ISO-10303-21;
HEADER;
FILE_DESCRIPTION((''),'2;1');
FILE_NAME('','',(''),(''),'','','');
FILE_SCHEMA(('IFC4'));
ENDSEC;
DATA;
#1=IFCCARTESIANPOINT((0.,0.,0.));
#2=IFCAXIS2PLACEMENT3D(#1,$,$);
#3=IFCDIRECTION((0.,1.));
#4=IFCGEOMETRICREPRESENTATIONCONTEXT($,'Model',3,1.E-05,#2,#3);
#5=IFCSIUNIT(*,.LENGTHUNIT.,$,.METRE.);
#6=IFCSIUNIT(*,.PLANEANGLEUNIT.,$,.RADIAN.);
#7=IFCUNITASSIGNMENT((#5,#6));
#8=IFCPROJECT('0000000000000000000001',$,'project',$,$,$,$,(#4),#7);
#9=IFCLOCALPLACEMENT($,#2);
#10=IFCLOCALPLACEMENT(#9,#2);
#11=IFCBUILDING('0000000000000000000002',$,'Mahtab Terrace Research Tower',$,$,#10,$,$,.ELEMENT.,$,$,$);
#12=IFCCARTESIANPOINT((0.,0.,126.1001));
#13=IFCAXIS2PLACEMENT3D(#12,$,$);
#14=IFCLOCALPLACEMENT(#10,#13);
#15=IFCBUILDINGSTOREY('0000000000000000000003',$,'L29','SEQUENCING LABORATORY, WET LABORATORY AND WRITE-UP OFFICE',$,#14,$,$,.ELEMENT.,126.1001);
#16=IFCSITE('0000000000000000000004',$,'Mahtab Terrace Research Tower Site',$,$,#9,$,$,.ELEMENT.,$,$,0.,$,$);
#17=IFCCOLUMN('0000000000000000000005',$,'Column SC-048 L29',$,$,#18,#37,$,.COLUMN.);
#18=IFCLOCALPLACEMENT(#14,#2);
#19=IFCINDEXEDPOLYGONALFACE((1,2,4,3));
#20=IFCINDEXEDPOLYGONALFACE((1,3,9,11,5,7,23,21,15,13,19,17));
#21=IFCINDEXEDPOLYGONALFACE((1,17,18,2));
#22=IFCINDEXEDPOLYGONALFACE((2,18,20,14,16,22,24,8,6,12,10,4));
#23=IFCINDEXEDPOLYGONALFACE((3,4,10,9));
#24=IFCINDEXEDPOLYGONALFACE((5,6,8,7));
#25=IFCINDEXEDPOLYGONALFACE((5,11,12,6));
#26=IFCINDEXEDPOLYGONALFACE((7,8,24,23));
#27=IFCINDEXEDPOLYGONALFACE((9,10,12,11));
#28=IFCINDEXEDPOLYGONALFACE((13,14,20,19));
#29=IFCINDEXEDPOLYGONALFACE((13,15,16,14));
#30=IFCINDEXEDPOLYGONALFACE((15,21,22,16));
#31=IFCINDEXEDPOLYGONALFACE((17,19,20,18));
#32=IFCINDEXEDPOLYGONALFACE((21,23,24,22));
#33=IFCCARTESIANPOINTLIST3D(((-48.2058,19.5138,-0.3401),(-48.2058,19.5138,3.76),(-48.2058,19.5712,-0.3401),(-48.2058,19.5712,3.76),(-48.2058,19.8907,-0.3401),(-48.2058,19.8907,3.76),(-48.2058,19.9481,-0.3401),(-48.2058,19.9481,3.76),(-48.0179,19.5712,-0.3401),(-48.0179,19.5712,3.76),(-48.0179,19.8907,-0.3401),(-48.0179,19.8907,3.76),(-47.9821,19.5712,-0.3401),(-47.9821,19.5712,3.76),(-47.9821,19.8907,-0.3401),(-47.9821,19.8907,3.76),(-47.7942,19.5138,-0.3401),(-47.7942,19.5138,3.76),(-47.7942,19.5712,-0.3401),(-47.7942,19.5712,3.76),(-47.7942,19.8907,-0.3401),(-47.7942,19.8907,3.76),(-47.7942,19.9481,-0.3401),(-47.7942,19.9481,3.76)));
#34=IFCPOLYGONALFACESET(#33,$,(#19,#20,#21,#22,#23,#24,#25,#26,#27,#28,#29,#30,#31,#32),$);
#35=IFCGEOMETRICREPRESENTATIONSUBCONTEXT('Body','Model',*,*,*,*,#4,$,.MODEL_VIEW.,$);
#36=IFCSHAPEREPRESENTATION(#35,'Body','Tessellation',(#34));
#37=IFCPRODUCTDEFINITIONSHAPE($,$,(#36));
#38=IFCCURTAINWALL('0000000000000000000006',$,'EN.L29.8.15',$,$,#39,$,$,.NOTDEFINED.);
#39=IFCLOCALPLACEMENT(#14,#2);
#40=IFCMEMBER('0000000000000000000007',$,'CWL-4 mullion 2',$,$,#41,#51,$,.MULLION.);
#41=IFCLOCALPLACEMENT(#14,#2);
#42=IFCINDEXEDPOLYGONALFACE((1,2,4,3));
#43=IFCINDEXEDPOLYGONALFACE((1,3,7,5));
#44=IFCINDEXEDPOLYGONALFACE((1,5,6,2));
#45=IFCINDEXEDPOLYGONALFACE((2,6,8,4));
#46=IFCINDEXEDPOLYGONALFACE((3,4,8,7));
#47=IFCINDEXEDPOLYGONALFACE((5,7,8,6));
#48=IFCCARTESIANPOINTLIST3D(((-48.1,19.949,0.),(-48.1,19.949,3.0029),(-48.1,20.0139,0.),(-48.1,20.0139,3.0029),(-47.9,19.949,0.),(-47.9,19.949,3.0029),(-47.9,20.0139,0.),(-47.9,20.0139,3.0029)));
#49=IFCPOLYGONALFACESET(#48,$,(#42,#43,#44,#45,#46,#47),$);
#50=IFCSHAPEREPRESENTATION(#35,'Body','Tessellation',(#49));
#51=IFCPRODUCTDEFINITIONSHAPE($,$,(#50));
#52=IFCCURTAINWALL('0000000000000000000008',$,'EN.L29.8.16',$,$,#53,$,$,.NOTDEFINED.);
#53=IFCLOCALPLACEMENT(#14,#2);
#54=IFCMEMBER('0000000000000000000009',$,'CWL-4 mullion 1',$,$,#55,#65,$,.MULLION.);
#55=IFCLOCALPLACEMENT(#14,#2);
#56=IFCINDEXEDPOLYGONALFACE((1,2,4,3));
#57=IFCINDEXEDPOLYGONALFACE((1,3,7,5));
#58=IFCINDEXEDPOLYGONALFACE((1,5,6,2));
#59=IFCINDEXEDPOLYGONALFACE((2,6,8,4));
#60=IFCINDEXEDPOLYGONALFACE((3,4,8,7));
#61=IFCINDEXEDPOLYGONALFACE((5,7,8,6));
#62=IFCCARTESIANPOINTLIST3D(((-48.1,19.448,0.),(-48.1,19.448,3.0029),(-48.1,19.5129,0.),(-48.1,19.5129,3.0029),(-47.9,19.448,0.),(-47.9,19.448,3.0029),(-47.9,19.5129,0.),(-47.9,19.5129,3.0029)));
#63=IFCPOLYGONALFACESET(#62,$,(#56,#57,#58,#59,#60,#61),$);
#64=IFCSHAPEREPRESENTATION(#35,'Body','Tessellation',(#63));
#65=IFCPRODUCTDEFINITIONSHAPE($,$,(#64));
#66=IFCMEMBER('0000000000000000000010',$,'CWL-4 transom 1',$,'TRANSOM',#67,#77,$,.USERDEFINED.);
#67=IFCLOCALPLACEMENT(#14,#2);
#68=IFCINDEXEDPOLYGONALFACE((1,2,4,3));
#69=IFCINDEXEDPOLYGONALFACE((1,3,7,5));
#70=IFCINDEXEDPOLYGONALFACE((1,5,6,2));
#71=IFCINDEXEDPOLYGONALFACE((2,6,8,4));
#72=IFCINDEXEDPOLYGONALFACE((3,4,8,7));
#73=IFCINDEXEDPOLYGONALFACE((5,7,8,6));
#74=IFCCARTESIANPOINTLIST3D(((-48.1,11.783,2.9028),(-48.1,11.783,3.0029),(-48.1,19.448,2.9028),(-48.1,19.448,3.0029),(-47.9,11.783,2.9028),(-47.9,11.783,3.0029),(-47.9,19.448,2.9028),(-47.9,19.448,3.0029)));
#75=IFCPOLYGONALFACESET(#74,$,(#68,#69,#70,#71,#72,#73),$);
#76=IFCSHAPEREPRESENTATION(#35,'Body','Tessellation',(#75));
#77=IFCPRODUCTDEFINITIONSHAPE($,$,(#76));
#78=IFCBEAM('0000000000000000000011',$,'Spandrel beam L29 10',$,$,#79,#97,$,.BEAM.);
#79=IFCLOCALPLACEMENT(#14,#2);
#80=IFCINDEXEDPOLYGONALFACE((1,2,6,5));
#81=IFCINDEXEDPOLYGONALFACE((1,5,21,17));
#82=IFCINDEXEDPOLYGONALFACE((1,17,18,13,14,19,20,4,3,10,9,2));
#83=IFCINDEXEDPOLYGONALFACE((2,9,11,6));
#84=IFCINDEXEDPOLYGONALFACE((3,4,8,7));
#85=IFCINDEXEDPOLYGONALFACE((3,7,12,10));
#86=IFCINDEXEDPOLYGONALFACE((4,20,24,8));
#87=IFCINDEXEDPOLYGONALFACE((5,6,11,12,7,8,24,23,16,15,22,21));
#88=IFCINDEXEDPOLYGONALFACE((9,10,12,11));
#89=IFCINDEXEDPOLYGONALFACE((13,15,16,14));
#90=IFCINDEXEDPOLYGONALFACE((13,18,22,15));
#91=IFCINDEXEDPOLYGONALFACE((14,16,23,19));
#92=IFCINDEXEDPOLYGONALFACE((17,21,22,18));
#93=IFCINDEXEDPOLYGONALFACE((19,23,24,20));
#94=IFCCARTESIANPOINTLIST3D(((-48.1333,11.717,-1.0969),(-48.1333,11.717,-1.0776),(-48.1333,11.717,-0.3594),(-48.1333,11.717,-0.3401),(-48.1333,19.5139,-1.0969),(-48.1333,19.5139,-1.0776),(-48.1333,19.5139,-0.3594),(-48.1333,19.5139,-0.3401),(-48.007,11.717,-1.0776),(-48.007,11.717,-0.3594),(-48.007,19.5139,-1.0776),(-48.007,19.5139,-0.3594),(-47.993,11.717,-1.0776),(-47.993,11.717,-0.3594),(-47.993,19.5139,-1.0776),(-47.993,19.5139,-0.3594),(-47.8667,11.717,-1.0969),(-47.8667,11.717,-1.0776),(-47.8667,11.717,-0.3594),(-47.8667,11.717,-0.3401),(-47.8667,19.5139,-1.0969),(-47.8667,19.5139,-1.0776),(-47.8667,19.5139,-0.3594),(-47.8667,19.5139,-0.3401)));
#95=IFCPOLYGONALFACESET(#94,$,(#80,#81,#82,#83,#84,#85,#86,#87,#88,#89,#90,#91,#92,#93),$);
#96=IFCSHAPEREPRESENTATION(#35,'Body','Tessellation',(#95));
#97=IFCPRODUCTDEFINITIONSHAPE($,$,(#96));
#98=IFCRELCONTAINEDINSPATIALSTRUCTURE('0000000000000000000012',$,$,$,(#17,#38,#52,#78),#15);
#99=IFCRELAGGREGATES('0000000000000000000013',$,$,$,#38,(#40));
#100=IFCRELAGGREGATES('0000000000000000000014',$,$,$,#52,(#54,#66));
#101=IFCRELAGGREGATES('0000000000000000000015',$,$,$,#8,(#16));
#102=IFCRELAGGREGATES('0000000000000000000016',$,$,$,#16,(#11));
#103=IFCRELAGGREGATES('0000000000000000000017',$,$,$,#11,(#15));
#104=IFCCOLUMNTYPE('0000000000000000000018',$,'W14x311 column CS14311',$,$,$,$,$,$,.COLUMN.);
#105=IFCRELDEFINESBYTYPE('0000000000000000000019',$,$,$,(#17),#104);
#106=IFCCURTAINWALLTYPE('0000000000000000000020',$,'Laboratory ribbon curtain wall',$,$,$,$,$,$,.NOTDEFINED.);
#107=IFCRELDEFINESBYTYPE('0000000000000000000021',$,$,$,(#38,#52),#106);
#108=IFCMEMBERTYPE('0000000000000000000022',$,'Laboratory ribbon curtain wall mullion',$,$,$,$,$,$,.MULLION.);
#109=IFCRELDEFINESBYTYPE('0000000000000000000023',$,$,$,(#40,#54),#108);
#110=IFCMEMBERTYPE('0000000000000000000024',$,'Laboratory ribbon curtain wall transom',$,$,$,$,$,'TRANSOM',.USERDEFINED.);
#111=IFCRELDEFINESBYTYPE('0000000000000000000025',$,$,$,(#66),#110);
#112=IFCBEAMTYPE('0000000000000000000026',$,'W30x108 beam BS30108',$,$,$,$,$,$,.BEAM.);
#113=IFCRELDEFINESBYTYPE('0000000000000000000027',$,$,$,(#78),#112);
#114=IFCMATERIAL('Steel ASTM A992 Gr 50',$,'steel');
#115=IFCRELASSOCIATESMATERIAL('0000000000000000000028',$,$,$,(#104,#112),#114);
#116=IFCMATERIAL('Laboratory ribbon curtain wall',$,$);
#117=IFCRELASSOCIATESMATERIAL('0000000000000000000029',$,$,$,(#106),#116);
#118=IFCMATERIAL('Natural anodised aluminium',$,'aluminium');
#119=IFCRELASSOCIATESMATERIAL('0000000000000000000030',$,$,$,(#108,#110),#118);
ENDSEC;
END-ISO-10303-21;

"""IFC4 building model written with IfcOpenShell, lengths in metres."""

from ifc_helpers import new_model, si_unit, direction, frame, origin, origin_2d, place, context, subcontext, project, spatial, rectangle, i_section, extrude, material, material_profile, profile_set, type_object, element, aggregate, save


model = new_model("IFC4")

# Units and contexts
model_context = context("Model", 3, precision=1e-05, world=origin(), true_north=direction((0.0, 1.0)))
body_context = subcontext(model_context, "Body", "Model", "MODEL_VIEW")
ifc_project = project(units=[si_unit("LENGTHUNIT", "METRE"), si_unit("PLANEANGLEUNIT", "RADIAN")], contexts=[model_context])

# Site, building, storey
site_placement = place(None, origin())
site = spatial("IfcSite", under=ifc_project, at=site_placement, Name="Mahtab Terrace Research Tower Site", CompositionType="ELEMENT", RefElevation=0.0)
building_placement = place(site_placement, origin())
building = spatial("IfcBuilding", under=site, at=building_placement, Name="Mahtab Terrace Research Tower", CompositionType="ELEMENT")
storey_placement = place(building_placement, frame((0.0, 0.0, 126.1001)))
storey = spatial("IfcBuildingStorey", under=building, at=storey_placement, Name="L29", Description="SEQUENCING LABORATORY, WET LABORATORY AND WRITE-UP OFFICE", CompositionType="ELEMENT", Elevation=126.1001)

# Column
ifc_material_1 = material(Name="Steel ASTM A992 Gr 50", Category="steel")
ifc_material_profile_1 = material_profile(ifc_material_1, i_section(OverallWidth=0.4116, OverallDepth=0.4343, WebThickness=0.0359, FlangeThickness=0.0574, at=origin_2d()), Name="W14X311")
ifc_profile_set_1 = profile_set([ifc_material_profile_1], Name="Steel ASTM A992 Gr 50")
column_type = type_object("IfcColumnType", Name="W14x311 column CS14311", PredefinedType="COLUMN", material=ifc_profile_set_1)
column_placement = place(storey_placement, frame((-48.0, 19.731, -0.3401), z_axis=(0.0, 0.0, 1.0), x_axis=(1.0, 0.0, 0.0)))
element("IfcColumn", 1, at=column_placement, inside=storey, type_object=column_type, Name="Column SC-048 L29", PredefinedType="COLUMN", context=body_context, shape_type="SweptSolid", body=[
    extrude(i_section(OverallWidth=0.4116, OverallDepth=0.4343, WebThickness=0.0359, FlangeThickness=0.0574, at=origin_2d()), origin(), (0.0, 0.0, 1.0), 4.1001),
])

# Curtain wall, member
ifc_material_2 = material(Name="Laboratory ribbon curtain wall")
curtain_wall_type = type_object("IfcCurtainWallType", Name="Laboratory ribbon curtain wall", PredefinedType="NOTDEFINED", material=ifc_material_2)
curtain_wall_1_placement = place(storey_placement, origin())
curtain_wall_1 = element("IfcCurtainWall", 2, at=curtain_wall_1_placement, inside=storey, type_object=curtain_wall_type, Name="EN.L29.8.15", PredefinedType="NOTDEFINED")
ifc_material_3 = material(Name="Natural anodised aluminium", Category="aluminium")
ifc_material_profile_2 = material_profile(ifc_material_3, rectangle(XDim=0.2, YDim=0.0649, at=origin_2d()), Name="MULLION 65x200")
ifc_profile_set_2 = profile_set([ifc_material_profile_2], Name="Natural anodised aluminium")
member_type_1 = type_object("IfcMemberType", Name="Laboratory ribbon curtain wall mullion", PredefinedType="MULLION", material=ifc_profile_set_2)
member_1_placement = place(storey_placement, frame((-48.0, 19.9814, 0.0), z_axis=(0.0, 0.0, 1.0), x_axis=(1.0, 0.0, 0.0)))
member_1 = element("IfcMember", 3, at=member_1_placement, type_object=member_type_1, Name="CWL-4 mullion 2", PredefinedType="MULLION", context=body_context, shape_type="SweptSolid", body=[
    extrude(rectangle(XDim=0.2, YDim=0.0649, at=origin_2d()), origin(), (0.0, 0.0, 1.0), 3.0029),
])
aggregate(curtain_wall_1, [member_1])

# Curtain wall, members
curtain_wall_2_placement = place(storey_placement, origin())
curtain_wall_2 = element("IfcCurtainWall", 4, at=curtain_wall_2_placement, inside=storey, type_object=curtain_wall_type, Name="EN.L29.8.16", PredefinedType="NOTDEFINED")
member_2_placement = place(storey_placement, frame((-48.0, 19.4805, 0.0), z_axis=(0.0, 0.0, 1.0), x_axis=(1.0, 0.0, 0.0)))
member_2 = element("IfcMember", 5, at=member_2_placement, type_object=member_type_1, Name="CWL-4 mullion 1", PredefinedType="MULLION", context=body_context, shape_type="SweptSolid", body=[
    extrude(rectangle(XDim=0.2, YDim=0.0649, at=origin_2d()), origin(), (0.0, 0.0, 1.0), 3.0029),
])
ifc_material_profile_3 = material_profile(ifc_material_3, rectangle(XDim=0.2, YDim=0.1001, at=origin_2d()), Name="TRANSOM 100x200")
ifc_profile_set_3 = profile_set([ifc_material_profile_3], Name="Natural anodised aluminium")
member_type_2 = type_object("IfcMemberType", Name="Laboratory ribbon curtain wall transom", ElementType="TRANSOM", PredefinedType="USERDEFINED", material=ifc_profile_set_3)
member_3_placement = place(storey_placement, frame((-48.0, 19.448, 2.9529), z_axis=(0.0, -1.0, 0.0), x_axis=(1.0, 0.0, 0.0)))
member_3 = element("IfcMember", 6, at=member_3_placement, type_object=member_type_2, Name="CWL-4 transom 1", ObjectType="TRANSOM", PredefinedType="USERDEFINED", context=body_context, shape_type="SweptSolid", body=[
    extrude(rectangle(XDim=0.2, YDim=0.1001, at=origin_2d()), origin(), (0.0, 0.0, 1.0), 7.665),
])
aggregate(curtain_wall_2, [member_2, member_3])

# Beam
ifc_material_profile_4 = material_profile(ifc_material_1, i_section(OverallWidth=0.2666, OverallDepth=0.7568, WebThickness=0.0139, FlangeThickness=0.0193, at=origin_2d()), Name="W30X108")
ifc_profile_set_4 = profile_set([ifc_material_profile_4], Name="Steel ASTM A992 Gr 50")
beam_type = type_object("IfcBeamType", Name="W30x108 beam BS30108", PredefinedType="BEAM", material=ifc_profile_set_4)
beam_placement = place(storey_placement, frame((-48.0, 19.5139, -0.7185), z_axis=(0.0, -1.0, 0.0), x_axis=(1.0, 0.0, 0.0)))
element("IfcBeam", 7, at=beam_placement, inside=storey, type_object=beam_type, Name="Spandrel beam L29 10", PredefinedType="BEAM", context=body_context, shape_type="SweptSolid", body=[
    extrude(i_section(OverallWidth=0.2666, OverallDepth=0.7568, WebThickness=0.0139, FlangeThickness=0.0193, at=origin_2d()), origin(), (0.0, 0.0, 1.0), 7.7969),
])

save(model, "model.ifc")
